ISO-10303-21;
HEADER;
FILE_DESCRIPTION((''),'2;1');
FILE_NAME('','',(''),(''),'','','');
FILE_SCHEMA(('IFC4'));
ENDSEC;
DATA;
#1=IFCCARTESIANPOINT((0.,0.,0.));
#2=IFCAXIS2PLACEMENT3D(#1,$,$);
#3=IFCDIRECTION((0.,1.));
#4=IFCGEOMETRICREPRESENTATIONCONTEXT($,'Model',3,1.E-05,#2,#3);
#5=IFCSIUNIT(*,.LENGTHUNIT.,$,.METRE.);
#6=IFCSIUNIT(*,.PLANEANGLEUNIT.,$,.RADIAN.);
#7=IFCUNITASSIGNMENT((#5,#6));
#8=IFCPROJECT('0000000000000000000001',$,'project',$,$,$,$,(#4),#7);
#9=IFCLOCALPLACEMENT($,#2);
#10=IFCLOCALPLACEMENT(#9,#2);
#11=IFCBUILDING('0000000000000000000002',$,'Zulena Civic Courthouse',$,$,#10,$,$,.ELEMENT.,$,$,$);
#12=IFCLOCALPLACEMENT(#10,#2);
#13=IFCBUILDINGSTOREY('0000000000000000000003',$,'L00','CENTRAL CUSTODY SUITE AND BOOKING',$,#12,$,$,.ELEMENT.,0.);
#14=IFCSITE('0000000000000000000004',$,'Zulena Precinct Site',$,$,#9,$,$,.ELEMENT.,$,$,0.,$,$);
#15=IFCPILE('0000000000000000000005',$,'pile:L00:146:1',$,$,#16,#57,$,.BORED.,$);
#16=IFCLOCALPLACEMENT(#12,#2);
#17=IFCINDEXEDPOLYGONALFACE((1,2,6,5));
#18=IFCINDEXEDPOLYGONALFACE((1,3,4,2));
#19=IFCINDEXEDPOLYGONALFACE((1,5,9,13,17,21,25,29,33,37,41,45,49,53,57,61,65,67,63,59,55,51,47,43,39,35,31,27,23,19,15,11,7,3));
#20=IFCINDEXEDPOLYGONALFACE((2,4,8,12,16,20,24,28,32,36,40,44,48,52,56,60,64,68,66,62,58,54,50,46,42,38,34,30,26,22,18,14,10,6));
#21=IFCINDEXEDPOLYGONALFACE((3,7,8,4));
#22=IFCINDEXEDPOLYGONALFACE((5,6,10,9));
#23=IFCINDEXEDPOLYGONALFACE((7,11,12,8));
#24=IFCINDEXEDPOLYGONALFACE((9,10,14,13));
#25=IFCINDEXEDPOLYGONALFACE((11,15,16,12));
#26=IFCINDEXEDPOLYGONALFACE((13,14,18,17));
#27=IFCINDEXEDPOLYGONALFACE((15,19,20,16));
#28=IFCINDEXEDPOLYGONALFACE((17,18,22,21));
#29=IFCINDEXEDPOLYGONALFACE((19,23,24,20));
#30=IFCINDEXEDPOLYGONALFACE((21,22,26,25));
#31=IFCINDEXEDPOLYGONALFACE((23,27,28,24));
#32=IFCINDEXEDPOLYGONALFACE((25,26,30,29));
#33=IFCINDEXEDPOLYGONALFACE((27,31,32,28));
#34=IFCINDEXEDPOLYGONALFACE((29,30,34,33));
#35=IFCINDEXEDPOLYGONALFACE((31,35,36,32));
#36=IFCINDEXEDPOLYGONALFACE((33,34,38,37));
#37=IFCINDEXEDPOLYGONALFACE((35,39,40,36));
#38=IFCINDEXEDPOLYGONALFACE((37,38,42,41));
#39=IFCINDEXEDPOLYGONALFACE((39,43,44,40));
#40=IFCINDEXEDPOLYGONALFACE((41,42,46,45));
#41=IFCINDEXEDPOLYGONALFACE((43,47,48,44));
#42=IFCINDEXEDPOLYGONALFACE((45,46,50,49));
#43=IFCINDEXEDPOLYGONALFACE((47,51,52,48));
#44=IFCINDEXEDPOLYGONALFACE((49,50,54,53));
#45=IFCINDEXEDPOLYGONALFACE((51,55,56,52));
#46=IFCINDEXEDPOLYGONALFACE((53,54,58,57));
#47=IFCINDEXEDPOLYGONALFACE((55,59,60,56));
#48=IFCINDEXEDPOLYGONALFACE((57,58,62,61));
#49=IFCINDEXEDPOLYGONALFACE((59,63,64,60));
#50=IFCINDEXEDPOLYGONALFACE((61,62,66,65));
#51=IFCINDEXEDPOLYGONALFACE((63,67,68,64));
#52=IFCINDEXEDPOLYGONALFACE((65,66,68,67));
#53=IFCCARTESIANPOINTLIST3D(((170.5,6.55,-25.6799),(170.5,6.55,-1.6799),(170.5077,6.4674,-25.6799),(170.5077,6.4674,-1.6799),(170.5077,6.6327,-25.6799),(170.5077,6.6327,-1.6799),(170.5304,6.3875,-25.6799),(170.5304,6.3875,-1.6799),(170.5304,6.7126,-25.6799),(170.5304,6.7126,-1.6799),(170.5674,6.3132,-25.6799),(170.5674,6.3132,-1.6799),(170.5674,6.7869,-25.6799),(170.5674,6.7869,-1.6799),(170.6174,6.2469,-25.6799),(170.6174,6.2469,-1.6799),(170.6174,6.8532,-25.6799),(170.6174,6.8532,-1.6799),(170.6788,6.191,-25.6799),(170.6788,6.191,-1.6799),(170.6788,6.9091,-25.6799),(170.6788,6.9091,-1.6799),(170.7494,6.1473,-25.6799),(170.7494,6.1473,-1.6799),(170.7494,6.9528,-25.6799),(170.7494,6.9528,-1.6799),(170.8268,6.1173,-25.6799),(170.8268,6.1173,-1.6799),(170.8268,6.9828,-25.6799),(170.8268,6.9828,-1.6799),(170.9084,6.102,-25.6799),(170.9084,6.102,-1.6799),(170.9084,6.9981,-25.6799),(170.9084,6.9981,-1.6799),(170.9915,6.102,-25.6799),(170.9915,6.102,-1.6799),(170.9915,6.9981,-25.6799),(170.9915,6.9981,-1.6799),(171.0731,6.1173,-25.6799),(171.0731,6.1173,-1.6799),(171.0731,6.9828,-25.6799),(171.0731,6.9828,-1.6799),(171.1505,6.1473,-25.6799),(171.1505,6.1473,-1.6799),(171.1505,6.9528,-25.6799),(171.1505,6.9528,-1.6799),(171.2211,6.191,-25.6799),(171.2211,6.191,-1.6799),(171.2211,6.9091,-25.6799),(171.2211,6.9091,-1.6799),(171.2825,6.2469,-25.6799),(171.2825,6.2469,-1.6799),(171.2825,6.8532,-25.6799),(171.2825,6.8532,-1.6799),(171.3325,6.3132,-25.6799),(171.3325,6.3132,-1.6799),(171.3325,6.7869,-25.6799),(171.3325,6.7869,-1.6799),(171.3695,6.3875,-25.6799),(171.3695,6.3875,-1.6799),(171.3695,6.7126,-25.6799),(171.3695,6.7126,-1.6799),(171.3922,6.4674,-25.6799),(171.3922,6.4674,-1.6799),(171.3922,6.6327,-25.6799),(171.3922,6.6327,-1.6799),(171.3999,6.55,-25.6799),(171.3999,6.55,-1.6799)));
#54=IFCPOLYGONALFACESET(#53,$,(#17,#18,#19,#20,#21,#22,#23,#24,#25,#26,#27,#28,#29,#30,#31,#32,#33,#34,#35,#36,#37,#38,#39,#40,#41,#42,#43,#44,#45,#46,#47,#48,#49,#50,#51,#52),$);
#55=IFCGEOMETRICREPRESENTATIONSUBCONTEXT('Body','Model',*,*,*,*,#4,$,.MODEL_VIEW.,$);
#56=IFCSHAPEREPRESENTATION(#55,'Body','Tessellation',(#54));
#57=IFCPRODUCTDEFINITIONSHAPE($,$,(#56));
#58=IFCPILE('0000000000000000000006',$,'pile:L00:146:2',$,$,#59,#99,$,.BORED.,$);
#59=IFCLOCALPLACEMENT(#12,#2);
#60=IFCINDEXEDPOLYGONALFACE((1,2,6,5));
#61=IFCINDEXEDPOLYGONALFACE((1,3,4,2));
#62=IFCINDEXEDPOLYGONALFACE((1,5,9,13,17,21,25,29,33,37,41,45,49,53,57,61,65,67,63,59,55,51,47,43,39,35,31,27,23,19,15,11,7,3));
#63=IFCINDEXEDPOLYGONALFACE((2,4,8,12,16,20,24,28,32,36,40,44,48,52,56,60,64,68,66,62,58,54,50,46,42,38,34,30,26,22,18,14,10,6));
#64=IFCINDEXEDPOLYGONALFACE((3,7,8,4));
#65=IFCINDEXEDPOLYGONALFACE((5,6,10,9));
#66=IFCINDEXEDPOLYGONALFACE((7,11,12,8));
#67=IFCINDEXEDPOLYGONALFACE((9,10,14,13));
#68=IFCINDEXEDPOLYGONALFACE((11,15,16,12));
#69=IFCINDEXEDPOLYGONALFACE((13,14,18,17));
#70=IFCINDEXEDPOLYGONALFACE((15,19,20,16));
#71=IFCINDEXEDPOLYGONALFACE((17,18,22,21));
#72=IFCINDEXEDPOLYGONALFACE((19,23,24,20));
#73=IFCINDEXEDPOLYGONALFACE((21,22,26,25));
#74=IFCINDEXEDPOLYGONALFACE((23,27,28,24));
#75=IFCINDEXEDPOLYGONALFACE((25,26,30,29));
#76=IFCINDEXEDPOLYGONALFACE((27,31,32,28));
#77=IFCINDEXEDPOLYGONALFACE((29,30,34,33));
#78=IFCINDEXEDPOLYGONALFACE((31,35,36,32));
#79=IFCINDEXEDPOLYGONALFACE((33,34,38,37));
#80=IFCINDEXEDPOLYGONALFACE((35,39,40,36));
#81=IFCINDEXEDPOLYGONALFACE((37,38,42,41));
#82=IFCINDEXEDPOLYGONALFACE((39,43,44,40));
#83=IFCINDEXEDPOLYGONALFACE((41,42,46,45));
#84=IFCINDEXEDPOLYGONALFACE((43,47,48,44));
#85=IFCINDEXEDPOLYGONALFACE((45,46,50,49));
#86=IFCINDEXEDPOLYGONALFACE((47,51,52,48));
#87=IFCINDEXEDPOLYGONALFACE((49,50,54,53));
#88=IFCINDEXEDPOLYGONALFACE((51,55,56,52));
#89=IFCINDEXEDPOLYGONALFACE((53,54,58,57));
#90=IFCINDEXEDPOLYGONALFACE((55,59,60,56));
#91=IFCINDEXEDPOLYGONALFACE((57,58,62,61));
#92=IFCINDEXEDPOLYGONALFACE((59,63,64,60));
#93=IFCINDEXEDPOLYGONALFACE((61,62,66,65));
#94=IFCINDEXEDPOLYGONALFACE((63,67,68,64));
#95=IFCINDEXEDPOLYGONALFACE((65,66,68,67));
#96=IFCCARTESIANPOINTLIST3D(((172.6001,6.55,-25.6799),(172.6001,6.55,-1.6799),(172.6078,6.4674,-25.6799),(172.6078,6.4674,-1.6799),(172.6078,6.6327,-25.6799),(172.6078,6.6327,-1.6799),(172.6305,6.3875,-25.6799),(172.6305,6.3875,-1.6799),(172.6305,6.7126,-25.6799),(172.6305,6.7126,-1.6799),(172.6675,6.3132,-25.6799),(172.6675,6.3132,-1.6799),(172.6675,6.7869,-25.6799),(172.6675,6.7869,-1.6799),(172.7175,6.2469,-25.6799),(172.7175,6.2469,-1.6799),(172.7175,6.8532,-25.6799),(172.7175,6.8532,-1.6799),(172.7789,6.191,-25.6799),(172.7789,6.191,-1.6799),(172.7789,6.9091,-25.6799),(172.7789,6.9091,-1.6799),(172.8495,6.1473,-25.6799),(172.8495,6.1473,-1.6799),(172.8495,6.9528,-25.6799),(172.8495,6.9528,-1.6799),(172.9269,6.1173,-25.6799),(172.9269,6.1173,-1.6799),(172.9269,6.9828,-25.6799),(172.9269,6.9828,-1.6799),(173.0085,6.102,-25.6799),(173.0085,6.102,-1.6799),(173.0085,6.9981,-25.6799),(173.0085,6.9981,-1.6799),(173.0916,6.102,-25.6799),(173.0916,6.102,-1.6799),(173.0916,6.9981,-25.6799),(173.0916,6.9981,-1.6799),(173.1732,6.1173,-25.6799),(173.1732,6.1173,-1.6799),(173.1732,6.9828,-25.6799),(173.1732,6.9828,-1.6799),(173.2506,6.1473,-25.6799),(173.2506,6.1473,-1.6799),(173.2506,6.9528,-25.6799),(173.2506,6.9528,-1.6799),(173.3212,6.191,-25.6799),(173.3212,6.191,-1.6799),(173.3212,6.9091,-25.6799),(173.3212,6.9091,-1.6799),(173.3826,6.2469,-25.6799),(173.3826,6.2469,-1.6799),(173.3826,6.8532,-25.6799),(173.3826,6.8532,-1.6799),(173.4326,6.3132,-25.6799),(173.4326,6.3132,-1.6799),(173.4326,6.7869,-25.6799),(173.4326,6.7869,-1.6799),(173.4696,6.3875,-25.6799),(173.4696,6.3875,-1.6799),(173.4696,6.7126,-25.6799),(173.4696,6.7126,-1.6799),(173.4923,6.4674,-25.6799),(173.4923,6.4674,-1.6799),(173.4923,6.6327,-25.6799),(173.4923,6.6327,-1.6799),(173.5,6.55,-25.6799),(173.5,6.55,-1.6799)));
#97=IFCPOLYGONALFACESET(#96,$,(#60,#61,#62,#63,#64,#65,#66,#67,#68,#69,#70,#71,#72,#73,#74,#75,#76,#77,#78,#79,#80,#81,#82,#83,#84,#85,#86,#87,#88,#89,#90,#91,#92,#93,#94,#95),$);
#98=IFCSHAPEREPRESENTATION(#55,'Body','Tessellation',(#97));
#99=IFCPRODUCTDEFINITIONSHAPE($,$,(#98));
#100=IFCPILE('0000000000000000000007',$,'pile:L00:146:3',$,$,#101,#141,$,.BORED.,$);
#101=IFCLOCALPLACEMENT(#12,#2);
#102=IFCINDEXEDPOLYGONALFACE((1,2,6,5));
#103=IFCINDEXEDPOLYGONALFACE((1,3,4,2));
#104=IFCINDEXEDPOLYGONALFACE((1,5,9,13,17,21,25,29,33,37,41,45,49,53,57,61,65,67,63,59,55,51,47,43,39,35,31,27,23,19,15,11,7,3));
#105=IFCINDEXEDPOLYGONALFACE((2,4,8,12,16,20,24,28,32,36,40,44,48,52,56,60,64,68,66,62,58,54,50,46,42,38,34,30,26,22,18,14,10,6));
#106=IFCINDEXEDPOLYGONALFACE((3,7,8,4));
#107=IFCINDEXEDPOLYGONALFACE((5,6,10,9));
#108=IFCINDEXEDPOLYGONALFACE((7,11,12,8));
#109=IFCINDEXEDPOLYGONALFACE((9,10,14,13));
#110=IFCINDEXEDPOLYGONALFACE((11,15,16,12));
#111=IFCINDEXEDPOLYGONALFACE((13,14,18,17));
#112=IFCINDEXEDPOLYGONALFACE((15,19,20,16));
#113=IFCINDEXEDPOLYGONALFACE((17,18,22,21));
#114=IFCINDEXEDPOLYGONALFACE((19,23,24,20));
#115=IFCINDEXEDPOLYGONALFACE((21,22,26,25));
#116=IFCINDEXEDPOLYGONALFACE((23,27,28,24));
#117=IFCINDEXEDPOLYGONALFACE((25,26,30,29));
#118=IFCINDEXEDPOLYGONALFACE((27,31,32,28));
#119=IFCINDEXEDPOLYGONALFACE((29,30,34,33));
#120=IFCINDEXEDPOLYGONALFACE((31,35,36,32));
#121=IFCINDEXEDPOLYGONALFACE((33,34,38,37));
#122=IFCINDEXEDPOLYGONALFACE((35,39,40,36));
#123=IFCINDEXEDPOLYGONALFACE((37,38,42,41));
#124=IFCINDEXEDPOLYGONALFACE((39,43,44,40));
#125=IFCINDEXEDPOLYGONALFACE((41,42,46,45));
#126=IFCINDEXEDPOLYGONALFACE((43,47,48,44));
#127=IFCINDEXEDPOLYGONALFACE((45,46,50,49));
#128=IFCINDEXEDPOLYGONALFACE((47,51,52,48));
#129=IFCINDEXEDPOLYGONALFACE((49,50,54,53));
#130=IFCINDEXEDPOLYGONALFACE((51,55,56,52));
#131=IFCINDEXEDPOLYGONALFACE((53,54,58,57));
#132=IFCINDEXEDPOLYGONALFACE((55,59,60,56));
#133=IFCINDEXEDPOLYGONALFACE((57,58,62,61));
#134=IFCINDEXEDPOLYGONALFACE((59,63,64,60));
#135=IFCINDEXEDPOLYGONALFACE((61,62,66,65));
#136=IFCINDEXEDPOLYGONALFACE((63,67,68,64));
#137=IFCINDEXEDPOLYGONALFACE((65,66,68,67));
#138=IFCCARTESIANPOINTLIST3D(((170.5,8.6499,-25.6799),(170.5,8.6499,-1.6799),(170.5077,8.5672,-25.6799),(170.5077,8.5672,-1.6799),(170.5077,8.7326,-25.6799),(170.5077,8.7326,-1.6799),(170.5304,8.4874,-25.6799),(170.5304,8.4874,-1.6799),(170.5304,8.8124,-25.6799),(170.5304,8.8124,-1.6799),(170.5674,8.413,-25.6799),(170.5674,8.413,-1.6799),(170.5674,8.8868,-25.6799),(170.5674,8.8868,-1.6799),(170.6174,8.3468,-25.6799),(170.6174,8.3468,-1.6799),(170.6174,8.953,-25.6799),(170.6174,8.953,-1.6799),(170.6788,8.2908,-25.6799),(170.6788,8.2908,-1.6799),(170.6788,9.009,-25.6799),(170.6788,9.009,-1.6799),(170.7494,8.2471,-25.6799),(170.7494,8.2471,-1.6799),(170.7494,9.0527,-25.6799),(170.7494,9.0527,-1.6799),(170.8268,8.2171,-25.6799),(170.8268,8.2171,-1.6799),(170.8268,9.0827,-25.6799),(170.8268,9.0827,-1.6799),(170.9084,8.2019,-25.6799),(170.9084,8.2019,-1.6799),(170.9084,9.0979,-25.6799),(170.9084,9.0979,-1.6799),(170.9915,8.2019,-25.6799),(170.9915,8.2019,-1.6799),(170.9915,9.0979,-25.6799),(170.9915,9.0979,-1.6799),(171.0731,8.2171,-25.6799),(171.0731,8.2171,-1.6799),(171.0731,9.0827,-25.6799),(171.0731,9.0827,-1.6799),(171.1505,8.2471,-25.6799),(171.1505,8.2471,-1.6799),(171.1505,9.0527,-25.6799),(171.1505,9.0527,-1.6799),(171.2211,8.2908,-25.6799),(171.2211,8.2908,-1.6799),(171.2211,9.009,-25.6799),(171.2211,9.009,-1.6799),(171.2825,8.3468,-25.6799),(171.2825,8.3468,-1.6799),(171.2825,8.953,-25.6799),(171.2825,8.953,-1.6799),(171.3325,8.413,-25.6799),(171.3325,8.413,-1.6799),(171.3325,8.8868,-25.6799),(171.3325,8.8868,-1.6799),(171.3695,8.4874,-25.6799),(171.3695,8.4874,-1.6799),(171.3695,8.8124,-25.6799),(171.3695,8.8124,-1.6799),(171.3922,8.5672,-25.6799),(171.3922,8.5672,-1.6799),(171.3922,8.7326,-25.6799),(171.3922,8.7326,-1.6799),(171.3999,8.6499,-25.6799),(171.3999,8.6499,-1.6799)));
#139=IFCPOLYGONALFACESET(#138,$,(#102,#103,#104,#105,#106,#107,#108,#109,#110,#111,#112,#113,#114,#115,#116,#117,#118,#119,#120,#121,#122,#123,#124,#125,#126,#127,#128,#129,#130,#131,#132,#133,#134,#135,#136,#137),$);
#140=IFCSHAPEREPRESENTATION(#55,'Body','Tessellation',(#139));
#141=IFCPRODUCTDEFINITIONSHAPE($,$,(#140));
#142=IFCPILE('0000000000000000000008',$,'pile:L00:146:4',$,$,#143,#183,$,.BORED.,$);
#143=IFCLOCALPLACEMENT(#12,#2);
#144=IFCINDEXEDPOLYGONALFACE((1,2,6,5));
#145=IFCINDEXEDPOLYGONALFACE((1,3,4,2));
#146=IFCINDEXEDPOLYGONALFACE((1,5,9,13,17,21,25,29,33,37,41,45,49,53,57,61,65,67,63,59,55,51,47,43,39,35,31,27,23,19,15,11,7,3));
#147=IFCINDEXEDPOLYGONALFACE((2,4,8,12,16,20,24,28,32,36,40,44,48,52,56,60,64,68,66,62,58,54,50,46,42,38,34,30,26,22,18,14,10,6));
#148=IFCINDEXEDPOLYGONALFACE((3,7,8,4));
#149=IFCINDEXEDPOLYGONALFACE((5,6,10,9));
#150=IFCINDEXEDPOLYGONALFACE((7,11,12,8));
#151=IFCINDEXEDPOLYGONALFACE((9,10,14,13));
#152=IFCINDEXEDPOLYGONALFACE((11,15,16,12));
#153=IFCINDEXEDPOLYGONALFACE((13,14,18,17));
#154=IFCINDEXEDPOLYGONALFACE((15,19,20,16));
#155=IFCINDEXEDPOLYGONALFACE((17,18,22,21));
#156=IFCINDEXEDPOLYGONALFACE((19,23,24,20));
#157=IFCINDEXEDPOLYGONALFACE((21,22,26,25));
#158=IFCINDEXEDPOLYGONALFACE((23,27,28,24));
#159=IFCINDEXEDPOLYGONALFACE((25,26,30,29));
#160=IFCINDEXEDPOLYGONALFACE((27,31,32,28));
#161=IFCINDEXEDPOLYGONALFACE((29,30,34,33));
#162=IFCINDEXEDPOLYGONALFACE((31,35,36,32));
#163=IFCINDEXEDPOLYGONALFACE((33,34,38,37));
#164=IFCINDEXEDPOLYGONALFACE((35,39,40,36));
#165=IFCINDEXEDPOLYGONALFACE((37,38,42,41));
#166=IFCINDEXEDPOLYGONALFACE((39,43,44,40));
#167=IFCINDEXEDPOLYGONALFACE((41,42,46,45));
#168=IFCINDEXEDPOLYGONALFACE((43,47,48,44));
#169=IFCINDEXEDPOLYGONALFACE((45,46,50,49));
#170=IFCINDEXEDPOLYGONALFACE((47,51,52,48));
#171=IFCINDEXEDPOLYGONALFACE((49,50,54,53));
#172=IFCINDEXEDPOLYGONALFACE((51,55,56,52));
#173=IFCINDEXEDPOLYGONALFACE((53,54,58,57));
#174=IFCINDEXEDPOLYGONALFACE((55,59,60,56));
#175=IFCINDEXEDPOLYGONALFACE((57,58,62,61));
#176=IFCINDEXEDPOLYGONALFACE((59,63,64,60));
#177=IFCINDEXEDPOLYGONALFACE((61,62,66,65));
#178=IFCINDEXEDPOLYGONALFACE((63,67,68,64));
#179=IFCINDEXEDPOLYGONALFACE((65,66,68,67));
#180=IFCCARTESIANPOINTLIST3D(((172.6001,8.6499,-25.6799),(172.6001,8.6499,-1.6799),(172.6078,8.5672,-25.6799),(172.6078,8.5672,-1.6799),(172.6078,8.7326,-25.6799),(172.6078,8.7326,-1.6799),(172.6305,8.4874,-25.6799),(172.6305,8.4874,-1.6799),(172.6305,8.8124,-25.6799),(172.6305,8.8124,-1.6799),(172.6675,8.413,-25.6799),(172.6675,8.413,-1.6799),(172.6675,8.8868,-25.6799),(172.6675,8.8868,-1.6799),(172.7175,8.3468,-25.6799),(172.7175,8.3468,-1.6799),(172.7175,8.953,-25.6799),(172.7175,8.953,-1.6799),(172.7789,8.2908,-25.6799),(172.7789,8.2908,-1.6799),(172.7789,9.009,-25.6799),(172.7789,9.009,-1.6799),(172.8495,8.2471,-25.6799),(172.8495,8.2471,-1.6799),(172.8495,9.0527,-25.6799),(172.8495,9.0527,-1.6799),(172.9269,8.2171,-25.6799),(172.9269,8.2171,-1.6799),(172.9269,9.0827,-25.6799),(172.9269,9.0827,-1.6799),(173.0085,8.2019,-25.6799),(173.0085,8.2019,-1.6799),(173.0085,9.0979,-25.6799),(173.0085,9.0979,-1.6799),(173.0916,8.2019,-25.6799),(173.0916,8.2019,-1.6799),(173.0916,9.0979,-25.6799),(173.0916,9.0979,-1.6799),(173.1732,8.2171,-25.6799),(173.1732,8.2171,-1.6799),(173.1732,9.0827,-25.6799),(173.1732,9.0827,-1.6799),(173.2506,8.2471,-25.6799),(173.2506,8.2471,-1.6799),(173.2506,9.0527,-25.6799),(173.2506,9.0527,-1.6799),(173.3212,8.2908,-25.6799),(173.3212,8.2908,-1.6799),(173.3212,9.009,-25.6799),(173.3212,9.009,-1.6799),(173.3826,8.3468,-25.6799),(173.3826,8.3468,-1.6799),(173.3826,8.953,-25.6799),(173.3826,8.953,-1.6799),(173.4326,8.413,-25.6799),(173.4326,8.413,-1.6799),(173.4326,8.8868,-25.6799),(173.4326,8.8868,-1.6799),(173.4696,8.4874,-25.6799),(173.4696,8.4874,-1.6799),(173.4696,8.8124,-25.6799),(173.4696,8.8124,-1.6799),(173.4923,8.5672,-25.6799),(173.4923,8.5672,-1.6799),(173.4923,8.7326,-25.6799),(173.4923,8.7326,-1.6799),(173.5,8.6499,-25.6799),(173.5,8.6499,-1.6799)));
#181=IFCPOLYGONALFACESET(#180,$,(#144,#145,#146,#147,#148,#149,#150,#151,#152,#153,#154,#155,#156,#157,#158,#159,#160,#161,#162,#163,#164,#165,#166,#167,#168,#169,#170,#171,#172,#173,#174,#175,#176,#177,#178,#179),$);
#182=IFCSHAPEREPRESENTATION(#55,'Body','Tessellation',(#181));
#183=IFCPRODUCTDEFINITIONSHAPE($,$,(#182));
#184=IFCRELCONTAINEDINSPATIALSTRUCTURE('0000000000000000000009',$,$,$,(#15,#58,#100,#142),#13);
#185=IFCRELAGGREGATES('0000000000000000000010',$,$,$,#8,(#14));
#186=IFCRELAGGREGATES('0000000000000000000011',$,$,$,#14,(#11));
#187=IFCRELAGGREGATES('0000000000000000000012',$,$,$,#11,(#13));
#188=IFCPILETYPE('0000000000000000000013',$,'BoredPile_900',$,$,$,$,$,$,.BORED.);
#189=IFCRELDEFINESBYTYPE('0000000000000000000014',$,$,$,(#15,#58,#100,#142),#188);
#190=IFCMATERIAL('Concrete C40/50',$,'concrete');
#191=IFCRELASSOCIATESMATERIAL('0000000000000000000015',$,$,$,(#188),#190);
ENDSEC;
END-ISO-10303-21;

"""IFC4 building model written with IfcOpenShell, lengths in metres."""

from ifc_helpers import new_model, si_unit, direction, frame, origin, origin_2d, place, context, subcontext, project, spatial, circle, extrude, material, material_profile, profile_set, type_object, element, save


model = new_model("IFC4")

# Units and contexts
model_context = context("Model", 3, precision=1e-05, world=origin(), true_north=direction((0.0, 1.0)))
body_context = subcontext(model_context, "Body", "Model", "MODEL_VIEW")
ifc_project = project(units=[si_unit("LENGTHUNIT", "METRE"), si_unit("PLANEANGLEUNIT", "RADIAN")], contexts=[model_context])

# Site, building, storey
site_placement = place(None, origin())
site = spatial("IfcSite", under=ifc_project, at=site_placement, Name="Zulena Precinct Site", CompositionType="ELEMENT", RefElevation=0.0)
building_placement = place(site_placement, origin())
building = spatial("IfcBuilding", under=site, at=building_placement, Name="Zulena Civic Courthouse", CompositionType="ELEMENT")
storey_placement = place(building_placement, origin())
storey = spatial("IfcBuildingStorey", under=building, at=storey_placement, Name="L00", Description="CENTRAL CUSTODY SUITE AND BOOKING", CompositionType="ELEMENT", Elevation=0.0)

# Piles
ifc_material_1 = material(Name="Concrete C40/50", Category="concrete")
ifc_material_profile_1 = material_profile(ifc_material_1, circle(Radius=0.45, at=origin_2d()), Name="PILE900")
ifc_profile_set_1 = profile_set([ifc_material_profile_1], Name="Concrete C40/50")
pile_type_1 = type_object("IfcPileType", Name="BoredPile_900", PredefinedType="BORED", material=ifc_profile_set_1)
for number, where, z_axis, x_axis, name in (
    (1, (170.95, 6.55, -1.6799), (0.0, 0.0, -1.0), (1.0, 0.0, 0.0), "pile:L00:146:1"),
    (2, (173.05, 6.55, -1.6799), (0.0, 0.0, -1.0), (1.0, 0.0, 0.0), "pile:L00:146:2"),
    (3, (170.95, 8.6499, -1.6799), (0.0, 0.0, -1.0), (1.0, 0.0, 0.0), "pile:L00:146:3"),
    (4, (173.05, 8.6499, -1.6799), (0.0, 0.0, -1.0), (1.0, 0.0, 0.0), "pile:L00:146:4"),
):
    element("IfcPile", number, at=place(storey_placement, frame(where, z_axis=z_axis, x_axis=x_axis)), inside=storey, type_object=pile_type_1, Name=name, PredefinedType="BORED", context=body_context, shape_type="SweptSolid", body=[
        extrude(circle(Radius=0.45, at=origin_2d()), origin(), (0.0, 0.0, 1.0), 24.0),
    ])

save(model, "model.ifc")
